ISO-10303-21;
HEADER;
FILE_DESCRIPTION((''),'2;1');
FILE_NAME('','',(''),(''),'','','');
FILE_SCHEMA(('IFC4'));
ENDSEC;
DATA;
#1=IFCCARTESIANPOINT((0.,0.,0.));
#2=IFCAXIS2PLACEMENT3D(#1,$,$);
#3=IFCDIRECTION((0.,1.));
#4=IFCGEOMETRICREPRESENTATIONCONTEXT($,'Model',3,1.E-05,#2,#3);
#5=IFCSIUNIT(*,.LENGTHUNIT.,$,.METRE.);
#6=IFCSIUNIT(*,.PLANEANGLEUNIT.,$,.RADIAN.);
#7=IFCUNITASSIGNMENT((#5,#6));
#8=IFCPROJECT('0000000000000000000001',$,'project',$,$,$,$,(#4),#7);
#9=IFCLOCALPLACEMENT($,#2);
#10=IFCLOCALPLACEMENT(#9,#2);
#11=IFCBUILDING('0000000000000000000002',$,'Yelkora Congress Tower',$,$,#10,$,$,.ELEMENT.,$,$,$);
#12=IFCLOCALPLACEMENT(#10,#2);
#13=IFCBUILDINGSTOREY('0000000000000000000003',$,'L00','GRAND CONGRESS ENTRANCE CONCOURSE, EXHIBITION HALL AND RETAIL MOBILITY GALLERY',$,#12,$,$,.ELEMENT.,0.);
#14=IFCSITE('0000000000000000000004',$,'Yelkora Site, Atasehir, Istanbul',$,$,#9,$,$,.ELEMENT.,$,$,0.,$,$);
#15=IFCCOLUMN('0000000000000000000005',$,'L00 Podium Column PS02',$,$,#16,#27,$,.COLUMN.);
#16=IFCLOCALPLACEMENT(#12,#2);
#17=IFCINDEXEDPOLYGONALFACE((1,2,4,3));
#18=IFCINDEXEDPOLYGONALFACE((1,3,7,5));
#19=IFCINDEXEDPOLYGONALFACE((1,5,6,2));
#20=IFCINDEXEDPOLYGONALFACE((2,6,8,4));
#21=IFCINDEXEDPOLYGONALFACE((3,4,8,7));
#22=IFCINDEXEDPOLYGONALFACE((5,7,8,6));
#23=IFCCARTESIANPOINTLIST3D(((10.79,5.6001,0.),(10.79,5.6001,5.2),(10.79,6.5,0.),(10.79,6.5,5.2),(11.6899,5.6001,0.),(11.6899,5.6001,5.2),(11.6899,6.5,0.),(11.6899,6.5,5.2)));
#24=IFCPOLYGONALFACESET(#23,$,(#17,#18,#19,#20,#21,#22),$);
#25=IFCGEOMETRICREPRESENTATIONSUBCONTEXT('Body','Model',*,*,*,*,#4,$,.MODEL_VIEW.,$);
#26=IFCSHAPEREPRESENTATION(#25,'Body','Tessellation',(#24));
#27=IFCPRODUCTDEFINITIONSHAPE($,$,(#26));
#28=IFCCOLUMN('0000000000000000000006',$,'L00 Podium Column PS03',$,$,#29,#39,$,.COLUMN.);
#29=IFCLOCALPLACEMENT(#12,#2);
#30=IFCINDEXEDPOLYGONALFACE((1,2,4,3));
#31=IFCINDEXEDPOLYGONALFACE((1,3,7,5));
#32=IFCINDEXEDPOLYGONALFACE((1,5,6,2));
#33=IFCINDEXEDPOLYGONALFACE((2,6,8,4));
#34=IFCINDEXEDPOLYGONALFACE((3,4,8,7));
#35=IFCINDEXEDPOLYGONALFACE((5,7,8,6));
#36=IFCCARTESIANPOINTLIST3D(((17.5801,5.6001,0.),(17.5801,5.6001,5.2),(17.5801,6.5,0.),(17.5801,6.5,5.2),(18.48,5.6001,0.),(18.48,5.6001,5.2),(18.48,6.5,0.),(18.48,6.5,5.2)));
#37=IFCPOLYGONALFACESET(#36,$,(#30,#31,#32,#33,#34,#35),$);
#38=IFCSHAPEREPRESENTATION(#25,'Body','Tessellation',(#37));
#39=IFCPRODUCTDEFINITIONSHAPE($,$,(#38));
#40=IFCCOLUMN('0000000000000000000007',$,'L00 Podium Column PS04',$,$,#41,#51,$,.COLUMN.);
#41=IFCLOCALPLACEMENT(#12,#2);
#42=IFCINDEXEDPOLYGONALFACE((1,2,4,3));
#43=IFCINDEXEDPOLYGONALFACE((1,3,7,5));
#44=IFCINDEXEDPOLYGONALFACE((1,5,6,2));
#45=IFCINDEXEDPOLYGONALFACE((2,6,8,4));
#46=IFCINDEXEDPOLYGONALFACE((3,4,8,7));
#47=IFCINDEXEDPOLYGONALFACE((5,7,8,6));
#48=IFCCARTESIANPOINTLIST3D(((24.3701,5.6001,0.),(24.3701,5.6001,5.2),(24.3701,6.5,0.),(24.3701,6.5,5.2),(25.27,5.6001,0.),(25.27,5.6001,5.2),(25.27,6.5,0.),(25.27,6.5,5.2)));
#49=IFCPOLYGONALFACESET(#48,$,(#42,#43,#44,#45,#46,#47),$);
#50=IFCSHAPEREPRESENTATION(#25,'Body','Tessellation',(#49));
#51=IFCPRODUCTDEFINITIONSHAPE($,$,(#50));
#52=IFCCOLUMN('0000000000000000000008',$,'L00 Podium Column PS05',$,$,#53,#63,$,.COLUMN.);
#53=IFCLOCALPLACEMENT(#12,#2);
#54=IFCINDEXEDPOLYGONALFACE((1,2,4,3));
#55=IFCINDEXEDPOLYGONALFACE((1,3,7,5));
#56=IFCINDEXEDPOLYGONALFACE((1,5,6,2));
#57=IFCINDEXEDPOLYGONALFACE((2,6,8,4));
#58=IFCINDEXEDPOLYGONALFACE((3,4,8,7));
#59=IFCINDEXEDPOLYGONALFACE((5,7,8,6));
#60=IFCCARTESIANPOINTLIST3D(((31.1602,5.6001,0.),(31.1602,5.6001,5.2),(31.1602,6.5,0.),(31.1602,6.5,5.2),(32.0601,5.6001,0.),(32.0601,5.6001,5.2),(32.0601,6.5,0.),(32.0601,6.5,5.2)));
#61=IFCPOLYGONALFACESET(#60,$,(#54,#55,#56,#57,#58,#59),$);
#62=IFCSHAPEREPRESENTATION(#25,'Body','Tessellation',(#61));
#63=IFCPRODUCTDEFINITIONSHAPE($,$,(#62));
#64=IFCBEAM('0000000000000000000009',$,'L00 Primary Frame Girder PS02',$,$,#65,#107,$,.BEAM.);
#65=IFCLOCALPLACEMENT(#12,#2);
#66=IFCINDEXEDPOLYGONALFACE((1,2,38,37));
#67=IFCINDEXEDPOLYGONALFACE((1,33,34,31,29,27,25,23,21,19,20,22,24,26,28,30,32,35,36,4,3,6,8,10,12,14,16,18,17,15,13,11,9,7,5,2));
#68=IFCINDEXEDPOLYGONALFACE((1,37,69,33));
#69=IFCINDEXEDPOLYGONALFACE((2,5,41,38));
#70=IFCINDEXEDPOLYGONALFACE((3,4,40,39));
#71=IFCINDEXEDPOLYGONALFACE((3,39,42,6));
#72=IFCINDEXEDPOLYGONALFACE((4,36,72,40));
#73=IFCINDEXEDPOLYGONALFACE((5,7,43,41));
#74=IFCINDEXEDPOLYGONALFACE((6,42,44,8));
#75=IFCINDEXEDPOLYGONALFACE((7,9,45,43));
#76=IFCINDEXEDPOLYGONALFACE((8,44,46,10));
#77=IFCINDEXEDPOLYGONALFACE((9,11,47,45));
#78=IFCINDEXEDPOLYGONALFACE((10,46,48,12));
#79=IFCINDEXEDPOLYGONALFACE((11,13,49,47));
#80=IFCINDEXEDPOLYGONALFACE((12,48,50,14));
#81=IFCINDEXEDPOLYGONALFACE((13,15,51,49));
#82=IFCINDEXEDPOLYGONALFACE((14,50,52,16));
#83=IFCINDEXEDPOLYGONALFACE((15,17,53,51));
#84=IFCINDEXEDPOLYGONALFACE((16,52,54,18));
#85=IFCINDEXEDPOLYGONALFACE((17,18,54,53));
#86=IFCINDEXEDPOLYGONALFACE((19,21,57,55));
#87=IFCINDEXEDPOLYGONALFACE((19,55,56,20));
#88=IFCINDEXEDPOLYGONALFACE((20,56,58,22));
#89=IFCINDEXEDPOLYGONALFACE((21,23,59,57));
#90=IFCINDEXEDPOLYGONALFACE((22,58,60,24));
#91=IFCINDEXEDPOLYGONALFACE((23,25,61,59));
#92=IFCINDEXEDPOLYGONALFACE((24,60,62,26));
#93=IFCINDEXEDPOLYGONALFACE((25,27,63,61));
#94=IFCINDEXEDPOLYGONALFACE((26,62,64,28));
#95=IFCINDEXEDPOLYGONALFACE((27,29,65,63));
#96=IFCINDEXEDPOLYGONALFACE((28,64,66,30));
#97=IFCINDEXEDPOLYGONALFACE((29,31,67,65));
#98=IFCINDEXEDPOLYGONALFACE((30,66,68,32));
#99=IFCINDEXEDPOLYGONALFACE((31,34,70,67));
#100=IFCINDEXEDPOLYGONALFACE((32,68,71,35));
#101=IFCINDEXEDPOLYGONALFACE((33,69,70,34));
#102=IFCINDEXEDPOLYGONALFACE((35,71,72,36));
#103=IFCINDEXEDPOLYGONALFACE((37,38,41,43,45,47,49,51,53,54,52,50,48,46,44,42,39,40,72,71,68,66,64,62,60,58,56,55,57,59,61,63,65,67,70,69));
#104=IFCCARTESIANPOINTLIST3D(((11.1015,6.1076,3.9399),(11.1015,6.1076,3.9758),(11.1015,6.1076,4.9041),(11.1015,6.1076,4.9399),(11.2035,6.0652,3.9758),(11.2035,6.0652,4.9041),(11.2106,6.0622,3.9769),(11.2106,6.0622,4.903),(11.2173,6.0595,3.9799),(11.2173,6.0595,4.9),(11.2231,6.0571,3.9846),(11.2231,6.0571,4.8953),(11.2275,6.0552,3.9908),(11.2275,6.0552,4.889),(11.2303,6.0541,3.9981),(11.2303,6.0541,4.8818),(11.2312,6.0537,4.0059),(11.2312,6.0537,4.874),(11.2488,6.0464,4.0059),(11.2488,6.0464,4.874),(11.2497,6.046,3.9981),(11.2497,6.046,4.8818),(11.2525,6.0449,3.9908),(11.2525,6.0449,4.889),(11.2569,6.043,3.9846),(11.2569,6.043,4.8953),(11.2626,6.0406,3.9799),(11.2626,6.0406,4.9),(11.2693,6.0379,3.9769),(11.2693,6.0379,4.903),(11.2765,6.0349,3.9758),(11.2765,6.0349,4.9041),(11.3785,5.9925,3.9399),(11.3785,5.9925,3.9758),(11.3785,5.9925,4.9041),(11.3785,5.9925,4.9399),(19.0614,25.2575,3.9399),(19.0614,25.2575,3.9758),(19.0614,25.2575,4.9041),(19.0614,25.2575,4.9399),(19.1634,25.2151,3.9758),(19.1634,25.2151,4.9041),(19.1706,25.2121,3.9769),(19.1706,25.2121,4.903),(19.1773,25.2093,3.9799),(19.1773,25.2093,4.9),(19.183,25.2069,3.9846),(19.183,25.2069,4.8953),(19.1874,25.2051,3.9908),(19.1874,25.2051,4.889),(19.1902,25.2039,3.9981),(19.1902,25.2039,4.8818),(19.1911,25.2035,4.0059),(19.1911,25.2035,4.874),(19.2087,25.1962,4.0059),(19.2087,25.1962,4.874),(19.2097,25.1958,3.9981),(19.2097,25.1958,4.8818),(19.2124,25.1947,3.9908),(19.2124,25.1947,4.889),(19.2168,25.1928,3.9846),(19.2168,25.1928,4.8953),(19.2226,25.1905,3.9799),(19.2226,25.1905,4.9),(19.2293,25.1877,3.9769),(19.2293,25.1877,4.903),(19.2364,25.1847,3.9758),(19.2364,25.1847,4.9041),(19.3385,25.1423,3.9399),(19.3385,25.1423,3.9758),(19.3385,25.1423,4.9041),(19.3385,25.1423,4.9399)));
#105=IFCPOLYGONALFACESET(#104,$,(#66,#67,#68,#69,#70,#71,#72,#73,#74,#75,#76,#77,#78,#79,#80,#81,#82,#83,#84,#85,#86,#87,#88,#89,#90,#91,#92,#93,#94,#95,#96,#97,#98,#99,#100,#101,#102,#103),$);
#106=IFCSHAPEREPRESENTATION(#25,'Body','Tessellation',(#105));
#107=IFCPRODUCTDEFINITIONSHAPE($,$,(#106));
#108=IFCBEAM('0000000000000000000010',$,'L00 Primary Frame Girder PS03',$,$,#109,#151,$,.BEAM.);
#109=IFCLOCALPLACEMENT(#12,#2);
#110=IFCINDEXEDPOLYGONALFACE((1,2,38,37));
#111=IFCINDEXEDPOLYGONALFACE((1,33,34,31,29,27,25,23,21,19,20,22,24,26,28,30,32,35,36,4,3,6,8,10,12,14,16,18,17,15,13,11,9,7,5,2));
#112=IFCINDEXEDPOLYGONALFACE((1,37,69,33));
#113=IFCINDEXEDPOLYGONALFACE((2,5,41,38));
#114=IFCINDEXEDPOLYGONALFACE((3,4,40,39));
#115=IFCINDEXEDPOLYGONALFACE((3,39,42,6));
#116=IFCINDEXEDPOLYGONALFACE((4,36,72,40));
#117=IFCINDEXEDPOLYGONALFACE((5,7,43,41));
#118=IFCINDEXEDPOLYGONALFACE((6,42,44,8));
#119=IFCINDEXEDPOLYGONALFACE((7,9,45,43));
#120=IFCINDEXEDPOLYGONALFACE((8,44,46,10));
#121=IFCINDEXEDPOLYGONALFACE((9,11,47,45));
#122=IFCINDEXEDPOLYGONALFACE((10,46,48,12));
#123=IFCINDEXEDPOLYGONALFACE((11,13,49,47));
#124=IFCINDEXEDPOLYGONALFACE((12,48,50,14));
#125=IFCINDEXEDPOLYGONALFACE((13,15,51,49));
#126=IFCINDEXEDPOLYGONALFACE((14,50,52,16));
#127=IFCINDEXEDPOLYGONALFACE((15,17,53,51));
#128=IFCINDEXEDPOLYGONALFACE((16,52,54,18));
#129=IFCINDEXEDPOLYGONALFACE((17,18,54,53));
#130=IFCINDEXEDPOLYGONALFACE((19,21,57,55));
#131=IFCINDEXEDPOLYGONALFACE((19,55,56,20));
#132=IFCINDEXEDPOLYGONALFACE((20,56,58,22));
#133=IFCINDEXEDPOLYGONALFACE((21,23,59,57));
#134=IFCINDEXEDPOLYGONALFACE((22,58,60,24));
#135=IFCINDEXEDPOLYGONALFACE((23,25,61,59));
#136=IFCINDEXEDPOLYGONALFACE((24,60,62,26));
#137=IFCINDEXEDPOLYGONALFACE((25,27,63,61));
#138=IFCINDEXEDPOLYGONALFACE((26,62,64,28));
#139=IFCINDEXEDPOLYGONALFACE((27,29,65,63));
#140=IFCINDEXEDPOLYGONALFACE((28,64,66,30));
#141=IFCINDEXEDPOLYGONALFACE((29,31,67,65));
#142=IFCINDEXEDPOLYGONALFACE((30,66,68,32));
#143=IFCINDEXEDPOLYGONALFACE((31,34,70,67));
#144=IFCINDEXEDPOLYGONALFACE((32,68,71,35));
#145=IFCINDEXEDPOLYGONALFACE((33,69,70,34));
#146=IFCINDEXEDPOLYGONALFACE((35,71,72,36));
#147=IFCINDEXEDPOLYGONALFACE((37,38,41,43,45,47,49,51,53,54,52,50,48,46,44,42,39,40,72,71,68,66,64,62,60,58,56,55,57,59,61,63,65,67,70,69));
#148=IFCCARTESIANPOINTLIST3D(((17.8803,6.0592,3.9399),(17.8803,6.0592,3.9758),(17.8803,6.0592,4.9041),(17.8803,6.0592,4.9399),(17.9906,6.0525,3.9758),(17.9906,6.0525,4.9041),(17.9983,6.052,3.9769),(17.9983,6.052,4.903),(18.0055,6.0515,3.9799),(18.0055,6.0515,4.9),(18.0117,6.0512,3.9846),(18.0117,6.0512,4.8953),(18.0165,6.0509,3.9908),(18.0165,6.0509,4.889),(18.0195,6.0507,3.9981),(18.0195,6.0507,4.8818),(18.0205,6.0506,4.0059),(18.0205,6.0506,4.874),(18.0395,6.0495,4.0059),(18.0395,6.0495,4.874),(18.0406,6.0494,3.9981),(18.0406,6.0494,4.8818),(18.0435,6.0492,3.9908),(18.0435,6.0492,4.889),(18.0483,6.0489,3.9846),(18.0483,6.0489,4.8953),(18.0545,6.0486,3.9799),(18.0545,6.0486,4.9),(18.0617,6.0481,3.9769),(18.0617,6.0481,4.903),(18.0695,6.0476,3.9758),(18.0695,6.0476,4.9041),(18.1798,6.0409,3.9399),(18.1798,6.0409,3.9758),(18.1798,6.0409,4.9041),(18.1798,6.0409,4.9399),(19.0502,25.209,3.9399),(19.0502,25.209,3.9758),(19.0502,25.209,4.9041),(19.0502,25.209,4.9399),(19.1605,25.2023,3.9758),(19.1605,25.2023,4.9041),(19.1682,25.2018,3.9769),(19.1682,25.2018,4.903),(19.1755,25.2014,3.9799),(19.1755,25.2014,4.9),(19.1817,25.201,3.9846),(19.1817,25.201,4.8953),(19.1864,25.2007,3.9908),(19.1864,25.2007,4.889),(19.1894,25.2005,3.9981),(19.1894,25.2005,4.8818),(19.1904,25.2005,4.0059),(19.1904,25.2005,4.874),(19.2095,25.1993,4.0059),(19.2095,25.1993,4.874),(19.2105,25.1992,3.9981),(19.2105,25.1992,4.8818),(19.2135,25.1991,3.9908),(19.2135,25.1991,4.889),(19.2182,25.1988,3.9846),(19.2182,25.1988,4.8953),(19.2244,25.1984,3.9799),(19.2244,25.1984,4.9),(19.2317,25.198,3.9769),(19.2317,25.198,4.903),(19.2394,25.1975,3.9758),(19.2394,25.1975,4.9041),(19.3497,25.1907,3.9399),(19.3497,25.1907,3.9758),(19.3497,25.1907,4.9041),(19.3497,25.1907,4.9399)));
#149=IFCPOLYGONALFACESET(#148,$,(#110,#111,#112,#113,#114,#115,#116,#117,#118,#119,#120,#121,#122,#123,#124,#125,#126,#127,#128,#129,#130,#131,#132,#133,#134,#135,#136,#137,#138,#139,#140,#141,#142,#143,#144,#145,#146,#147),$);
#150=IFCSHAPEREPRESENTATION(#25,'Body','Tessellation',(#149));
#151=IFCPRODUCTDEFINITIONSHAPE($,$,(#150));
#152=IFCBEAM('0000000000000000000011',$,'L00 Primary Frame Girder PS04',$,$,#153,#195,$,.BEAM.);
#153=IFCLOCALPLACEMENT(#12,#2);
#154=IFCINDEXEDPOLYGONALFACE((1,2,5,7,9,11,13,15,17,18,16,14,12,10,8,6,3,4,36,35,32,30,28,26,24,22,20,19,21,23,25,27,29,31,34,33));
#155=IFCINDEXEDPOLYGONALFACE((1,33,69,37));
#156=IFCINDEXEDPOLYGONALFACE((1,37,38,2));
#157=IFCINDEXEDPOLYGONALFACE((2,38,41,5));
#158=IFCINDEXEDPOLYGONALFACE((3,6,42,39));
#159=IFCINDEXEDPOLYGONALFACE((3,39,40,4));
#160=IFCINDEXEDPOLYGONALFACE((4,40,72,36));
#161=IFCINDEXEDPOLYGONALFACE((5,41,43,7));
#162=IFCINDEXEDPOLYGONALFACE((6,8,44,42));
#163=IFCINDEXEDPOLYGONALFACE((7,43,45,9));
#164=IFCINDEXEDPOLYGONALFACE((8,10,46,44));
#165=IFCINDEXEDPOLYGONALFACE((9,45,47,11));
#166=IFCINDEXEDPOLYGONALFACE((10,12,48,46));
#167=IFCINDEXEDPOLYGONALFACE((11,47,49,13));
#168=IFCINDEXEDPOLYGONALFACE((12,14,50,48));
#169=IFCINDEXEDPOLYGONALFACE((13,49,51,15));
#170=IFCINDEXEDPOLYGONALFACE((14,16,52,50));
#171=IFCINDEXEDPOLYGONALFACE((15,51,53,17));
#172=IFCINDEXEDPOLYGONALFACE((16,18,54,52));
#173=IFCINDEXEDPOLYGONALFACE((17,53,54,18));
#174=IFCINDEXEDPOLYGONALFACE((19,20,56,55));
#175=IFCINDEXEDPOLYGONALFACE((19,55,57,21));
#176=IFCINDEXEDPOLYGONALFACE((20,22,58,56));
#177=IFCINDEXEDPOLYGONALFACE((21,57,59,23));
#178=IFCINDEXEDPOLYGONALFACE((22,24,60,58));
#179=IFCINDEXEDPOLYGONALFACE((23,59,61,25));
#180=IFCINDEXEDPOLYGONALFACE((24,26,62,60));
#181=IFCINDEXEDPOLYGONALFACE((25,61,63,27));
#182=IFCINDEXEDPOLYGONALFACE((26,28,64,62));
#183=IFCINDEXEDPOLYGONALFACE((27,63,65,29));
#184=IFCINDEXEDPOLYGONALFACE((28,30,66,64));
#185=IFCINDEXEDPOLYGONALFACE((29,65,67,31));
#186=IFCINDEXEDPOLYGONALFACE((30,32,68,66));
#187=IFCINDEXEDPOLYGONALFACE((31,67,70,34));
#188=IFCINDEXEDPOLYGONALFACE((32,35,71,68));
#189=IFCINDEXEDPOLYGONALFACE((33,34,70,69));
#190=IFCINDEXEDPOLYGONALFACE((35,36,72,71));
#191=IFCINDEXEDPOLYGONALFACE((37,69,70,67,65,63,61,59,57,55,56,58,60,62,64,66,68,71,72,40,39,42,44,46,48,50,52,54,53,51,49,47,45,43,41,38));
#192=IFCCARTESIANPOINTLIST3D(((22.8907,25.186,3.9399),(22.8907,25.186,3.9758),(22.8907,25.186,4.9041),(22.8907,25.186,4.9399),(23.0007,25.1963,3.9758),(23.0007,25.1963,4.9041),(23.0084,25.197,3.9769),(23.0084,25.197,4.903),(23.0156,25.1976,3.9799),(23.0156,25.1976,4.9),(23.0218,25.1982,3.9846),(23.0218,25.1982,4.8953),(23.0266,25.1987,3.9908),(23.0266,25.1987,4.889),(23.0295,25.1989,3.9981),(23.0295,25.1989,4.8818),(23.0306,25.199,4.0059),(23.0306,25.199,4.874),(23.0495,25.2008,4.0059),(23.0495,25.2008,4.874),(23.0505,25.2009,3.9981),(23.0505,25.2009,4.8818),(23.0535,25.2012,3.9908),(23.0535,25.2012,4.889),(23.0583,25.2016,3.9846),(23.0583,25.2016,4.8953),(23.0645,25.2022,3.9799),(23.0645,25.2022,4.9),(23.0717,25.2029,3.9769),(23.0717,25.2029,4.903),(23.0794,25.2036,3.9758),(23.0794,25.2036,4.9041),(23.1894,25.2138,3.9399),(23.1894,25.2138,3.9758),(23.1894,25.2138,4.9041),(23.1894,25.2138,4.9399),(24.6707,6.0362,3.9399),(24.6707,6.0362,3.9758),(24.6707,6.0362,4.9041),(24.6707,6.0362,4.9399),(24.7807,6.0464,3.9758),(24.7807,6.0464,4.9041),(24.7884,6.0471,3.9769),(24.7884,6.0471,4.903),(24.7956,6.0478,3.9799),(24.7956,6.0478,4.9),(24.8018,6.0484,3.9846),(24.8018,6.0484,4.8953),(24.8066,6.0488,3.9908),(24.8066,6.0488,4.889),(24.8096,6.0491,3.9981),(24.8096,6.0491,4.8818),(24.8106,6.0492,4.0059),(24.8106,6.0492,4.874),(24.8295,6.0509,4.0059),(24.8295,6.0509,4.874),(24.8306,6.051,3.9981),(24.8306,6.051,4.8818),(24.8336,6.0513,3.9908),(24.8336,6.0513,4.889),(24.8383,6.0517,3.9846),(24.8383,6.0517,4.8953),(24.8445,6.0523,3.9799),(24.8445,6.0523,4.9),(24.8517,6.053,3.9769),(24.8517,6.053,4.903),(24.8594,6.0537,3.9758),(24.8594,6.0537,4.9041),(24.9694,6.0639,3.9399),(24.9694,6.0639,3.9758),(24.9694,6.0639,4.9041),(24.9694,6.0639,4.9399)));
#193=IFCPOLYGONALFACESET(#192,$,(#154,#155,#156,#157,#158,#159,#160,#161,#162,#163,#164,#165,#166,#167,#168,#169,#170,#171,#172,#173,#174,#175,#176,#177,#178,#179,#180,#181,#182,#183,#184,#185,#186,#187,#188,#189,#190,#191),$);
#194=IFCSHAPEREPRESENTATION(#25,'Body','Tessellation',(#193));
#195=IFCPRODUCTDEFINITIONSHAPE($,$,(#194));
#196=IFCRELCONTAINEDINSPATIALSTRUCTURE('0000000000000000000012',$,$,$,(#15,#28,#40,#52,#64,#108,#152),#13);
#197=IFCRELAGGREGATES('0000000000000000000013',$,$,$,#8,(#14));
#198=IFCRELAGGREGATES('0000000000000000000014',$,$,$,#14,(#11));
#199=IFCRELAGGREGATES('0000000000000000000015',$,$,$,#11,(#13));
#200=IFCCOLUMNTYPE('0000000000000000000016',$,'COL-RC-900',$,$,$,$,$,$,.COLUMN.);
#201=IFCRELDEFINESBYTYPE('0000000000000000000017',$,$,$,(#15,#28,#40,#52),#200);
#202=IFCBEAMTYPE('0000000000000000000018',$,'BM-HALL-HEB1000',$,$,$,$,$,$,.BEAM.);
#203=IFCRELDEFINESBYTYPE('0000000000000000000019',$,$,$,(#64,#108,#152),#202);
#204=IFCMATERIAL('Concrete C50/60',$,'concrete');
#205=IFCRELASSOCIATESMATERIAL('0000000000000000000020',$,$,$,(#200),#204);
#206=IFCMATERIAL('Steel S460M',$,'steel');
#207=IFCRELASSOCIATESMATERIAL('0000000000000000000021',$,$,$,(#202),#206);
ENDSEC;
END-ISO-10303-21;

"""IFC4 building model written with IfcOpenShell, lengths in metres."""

from ifc_helpers import new_model, si_unit, direction, frame, origin, origin_2d, place, context, subcontext, project, spatial, rectangle, i_section, extrude, material, material_profile, profile_set, type_object, element, save


model = new_model("IFC4")

# Units and contexts
model_context = context("Model", 3, precision=1e-05, world=origin(), true_north=direction((0.0, 1.0)))
body_context = subcontext(model_context, "Body", "Model", "MODEL_VIEW")
ifc_project = project(units=[si_unit("LENGTHUNIT", "METRE"), si_unit("PLANEANGLEUNIT", "RADIAN")], contexts=[model_context])

# Site, building, storey
site_placement = place(None, origin())
site = spatial("IfcSite", under=ifc_project, at=site_placement, Name="Yelkora Site, Atasehir, Istanbul", CompositionType="ELEMENT", RefElevation=0.0)
building_placement = place(site_placement, origin())
building = spatial("IfcBuilding", under=site, at=building_placement, Name="Yelkora Congress Tower", CompositionType="ELEMENT")
storey_placement = place(building_placement, origin())
storey = spatial("IfcBuildingStorey", under=building, at=storey_placement, Name="L00", Description="GRAND CONGRESS ENTRANCE CONCOURSE, EXHIBITION HALL AND RETAIL MOBILITY GALLERY", CompositionType="ELEMENT", Elevation=0.0)

# Columns
ifc_material_1 = material(Name="Concrete C50/60", Category="concrete")
ifc_material_profile_1 = material_profile(ifc_material_1, rectangle(XDim=0.8999, YDim=0.8999, at=origin_2d()), Name="RC 900x900")
ifc_profile_set_1 = profile_set([ifc_material_profile_1], Name="Concrete C50/60")
column_type = type_object("IfcColumnType", Name="COL-RC-900", PredefinedType="COLUMN", material=ifc_profile_set_1)
for number, where, z_axis, x_axis, name in (
    (1, (11.24, 6.05, 0.0), (0.0, 0.0, 1.0), (1.0, 0.0, 0.0), "L00 Podium Column PS02"),
    (2, (18.03, 6.05, 0.0), (0.0, 0.0, 1.0), (1.0, 0.0, 0.0), "L00 Podium Column PS03"),
    (3, (24.8201, 6.05, 0.0), (0.0, 0.0, 1.0), (1.0, 0.0, 0.0), "L00 Podium Column PS04"),
    (4, (31.6101, 6.05, 0.0), (0.0, 0.0, 1.0), (1.0, 0.0, 0.0), "L00 Podium Column PS05"),
):
    element("IfcColumn", number, at=place(storey_placement, frame(where, z_axis=z_axis, x_axis=x_axis)), inside=storey, type_object=column_type, Name=name, PredefinedType="COLUMN", context=body_context, shape_type="SweptSolid", body=[
        extrude(rectangle(XDim=0.8999, YDim=0.8999, at=origin_2d()), origin(), (0.0, 0.0, 1.0), 5.2),
    ])

# Beams
ifc_material_2 = material(Name="Steel S460M", Category="steel")
ifc_material_profile_2 = material_profile(ifc_material_2, i_section(OverallWidth=0.3, OverallDepth=1.0, WebThickness=0.019, FlangeThickness=0.0359, FilletRadius=0.03, at=origin_2d()), Name="HEB 1000")
ifc_profile_set_2 = profile_set([ifc_material_profile_2], Name="Steel S460M")
beam_type_1 = type_object("IfcBeamType", Name="BM-HALL-HEB1000", PredefinedType="BEAM", material=ifc_profile_set_2)
beam_1_placement = place(storey_placement, frame((11.24, 6.05, 4.4399), z_axis=(0.383828, 0.923405, 0.0), x_axis=(-0.923405, 0.383828, 0.0)))
element("IfcBeam", 5, at=beam_1_placement, inside=storey, type_object=beam_type_1, Name="L00 Primary Frame Girder PS02", PredefinedType="BEAM", context=body_context, shape_type="SweptSolid", body=[
    extrude(i_section(OverallWidth=0.3, OverallDepth=1.0, WebThickness=0.019, FlangeThickness=0.0359, FilletRadius=0.03, at=origin_2d()), origin(), (0.0, 0.0, 1.0), 20.7383),
])
beam_2_placement = place(storey_placement, frame((18.03, 6.05, 4.4399), z_axis=(0.060979, 0.998139, 0.0), x_axis=(-0.998139, 0.060979, 0.0)))
element("IfcBeam", 6, at=beam_2_placement, inside=storey, type_object=beam_type_1, Name="L00 Primary Frame Girder PS03", PredefinedType="BEAM", context=body_context, shape_type="SweptSolid", body=[
    extrude(i_section(OverallWidth=0.3, OverallDepth=1.0, WebThickness=0.019, FlangeThickness=0.0359, FilletRadius=0.03, at=origin_2d()), origin(), (0.0, 0.0, 1.0), 19.1855),
])
beam_3_placement = place(storey_placement, frame((24.8201, 6.05, 4.4399), z_axis=(-0.092553, 0.995708, 0.0), x_axis=(-0.995708, -0.092553, 0.0)))
element("IfcBeam", 7, at=beam_3_placement, inside=storey, type_object=beam_type_1, Name="L00 Primary Frame Girder PS04", PredefinedType="BEAM", context=body_context, shape_type="SweptSolid", body=[
    extrude(i_section(OverallWidth=0.3, OverallDepth=1.0, WebThickness=0.019, FlangeThickness=0.0359, FilletRadius=0.03, at=origin_2d()), origin(), (0.0, 0.0, 1.0), 19.2324),
])

save(model, "model.ifc")
